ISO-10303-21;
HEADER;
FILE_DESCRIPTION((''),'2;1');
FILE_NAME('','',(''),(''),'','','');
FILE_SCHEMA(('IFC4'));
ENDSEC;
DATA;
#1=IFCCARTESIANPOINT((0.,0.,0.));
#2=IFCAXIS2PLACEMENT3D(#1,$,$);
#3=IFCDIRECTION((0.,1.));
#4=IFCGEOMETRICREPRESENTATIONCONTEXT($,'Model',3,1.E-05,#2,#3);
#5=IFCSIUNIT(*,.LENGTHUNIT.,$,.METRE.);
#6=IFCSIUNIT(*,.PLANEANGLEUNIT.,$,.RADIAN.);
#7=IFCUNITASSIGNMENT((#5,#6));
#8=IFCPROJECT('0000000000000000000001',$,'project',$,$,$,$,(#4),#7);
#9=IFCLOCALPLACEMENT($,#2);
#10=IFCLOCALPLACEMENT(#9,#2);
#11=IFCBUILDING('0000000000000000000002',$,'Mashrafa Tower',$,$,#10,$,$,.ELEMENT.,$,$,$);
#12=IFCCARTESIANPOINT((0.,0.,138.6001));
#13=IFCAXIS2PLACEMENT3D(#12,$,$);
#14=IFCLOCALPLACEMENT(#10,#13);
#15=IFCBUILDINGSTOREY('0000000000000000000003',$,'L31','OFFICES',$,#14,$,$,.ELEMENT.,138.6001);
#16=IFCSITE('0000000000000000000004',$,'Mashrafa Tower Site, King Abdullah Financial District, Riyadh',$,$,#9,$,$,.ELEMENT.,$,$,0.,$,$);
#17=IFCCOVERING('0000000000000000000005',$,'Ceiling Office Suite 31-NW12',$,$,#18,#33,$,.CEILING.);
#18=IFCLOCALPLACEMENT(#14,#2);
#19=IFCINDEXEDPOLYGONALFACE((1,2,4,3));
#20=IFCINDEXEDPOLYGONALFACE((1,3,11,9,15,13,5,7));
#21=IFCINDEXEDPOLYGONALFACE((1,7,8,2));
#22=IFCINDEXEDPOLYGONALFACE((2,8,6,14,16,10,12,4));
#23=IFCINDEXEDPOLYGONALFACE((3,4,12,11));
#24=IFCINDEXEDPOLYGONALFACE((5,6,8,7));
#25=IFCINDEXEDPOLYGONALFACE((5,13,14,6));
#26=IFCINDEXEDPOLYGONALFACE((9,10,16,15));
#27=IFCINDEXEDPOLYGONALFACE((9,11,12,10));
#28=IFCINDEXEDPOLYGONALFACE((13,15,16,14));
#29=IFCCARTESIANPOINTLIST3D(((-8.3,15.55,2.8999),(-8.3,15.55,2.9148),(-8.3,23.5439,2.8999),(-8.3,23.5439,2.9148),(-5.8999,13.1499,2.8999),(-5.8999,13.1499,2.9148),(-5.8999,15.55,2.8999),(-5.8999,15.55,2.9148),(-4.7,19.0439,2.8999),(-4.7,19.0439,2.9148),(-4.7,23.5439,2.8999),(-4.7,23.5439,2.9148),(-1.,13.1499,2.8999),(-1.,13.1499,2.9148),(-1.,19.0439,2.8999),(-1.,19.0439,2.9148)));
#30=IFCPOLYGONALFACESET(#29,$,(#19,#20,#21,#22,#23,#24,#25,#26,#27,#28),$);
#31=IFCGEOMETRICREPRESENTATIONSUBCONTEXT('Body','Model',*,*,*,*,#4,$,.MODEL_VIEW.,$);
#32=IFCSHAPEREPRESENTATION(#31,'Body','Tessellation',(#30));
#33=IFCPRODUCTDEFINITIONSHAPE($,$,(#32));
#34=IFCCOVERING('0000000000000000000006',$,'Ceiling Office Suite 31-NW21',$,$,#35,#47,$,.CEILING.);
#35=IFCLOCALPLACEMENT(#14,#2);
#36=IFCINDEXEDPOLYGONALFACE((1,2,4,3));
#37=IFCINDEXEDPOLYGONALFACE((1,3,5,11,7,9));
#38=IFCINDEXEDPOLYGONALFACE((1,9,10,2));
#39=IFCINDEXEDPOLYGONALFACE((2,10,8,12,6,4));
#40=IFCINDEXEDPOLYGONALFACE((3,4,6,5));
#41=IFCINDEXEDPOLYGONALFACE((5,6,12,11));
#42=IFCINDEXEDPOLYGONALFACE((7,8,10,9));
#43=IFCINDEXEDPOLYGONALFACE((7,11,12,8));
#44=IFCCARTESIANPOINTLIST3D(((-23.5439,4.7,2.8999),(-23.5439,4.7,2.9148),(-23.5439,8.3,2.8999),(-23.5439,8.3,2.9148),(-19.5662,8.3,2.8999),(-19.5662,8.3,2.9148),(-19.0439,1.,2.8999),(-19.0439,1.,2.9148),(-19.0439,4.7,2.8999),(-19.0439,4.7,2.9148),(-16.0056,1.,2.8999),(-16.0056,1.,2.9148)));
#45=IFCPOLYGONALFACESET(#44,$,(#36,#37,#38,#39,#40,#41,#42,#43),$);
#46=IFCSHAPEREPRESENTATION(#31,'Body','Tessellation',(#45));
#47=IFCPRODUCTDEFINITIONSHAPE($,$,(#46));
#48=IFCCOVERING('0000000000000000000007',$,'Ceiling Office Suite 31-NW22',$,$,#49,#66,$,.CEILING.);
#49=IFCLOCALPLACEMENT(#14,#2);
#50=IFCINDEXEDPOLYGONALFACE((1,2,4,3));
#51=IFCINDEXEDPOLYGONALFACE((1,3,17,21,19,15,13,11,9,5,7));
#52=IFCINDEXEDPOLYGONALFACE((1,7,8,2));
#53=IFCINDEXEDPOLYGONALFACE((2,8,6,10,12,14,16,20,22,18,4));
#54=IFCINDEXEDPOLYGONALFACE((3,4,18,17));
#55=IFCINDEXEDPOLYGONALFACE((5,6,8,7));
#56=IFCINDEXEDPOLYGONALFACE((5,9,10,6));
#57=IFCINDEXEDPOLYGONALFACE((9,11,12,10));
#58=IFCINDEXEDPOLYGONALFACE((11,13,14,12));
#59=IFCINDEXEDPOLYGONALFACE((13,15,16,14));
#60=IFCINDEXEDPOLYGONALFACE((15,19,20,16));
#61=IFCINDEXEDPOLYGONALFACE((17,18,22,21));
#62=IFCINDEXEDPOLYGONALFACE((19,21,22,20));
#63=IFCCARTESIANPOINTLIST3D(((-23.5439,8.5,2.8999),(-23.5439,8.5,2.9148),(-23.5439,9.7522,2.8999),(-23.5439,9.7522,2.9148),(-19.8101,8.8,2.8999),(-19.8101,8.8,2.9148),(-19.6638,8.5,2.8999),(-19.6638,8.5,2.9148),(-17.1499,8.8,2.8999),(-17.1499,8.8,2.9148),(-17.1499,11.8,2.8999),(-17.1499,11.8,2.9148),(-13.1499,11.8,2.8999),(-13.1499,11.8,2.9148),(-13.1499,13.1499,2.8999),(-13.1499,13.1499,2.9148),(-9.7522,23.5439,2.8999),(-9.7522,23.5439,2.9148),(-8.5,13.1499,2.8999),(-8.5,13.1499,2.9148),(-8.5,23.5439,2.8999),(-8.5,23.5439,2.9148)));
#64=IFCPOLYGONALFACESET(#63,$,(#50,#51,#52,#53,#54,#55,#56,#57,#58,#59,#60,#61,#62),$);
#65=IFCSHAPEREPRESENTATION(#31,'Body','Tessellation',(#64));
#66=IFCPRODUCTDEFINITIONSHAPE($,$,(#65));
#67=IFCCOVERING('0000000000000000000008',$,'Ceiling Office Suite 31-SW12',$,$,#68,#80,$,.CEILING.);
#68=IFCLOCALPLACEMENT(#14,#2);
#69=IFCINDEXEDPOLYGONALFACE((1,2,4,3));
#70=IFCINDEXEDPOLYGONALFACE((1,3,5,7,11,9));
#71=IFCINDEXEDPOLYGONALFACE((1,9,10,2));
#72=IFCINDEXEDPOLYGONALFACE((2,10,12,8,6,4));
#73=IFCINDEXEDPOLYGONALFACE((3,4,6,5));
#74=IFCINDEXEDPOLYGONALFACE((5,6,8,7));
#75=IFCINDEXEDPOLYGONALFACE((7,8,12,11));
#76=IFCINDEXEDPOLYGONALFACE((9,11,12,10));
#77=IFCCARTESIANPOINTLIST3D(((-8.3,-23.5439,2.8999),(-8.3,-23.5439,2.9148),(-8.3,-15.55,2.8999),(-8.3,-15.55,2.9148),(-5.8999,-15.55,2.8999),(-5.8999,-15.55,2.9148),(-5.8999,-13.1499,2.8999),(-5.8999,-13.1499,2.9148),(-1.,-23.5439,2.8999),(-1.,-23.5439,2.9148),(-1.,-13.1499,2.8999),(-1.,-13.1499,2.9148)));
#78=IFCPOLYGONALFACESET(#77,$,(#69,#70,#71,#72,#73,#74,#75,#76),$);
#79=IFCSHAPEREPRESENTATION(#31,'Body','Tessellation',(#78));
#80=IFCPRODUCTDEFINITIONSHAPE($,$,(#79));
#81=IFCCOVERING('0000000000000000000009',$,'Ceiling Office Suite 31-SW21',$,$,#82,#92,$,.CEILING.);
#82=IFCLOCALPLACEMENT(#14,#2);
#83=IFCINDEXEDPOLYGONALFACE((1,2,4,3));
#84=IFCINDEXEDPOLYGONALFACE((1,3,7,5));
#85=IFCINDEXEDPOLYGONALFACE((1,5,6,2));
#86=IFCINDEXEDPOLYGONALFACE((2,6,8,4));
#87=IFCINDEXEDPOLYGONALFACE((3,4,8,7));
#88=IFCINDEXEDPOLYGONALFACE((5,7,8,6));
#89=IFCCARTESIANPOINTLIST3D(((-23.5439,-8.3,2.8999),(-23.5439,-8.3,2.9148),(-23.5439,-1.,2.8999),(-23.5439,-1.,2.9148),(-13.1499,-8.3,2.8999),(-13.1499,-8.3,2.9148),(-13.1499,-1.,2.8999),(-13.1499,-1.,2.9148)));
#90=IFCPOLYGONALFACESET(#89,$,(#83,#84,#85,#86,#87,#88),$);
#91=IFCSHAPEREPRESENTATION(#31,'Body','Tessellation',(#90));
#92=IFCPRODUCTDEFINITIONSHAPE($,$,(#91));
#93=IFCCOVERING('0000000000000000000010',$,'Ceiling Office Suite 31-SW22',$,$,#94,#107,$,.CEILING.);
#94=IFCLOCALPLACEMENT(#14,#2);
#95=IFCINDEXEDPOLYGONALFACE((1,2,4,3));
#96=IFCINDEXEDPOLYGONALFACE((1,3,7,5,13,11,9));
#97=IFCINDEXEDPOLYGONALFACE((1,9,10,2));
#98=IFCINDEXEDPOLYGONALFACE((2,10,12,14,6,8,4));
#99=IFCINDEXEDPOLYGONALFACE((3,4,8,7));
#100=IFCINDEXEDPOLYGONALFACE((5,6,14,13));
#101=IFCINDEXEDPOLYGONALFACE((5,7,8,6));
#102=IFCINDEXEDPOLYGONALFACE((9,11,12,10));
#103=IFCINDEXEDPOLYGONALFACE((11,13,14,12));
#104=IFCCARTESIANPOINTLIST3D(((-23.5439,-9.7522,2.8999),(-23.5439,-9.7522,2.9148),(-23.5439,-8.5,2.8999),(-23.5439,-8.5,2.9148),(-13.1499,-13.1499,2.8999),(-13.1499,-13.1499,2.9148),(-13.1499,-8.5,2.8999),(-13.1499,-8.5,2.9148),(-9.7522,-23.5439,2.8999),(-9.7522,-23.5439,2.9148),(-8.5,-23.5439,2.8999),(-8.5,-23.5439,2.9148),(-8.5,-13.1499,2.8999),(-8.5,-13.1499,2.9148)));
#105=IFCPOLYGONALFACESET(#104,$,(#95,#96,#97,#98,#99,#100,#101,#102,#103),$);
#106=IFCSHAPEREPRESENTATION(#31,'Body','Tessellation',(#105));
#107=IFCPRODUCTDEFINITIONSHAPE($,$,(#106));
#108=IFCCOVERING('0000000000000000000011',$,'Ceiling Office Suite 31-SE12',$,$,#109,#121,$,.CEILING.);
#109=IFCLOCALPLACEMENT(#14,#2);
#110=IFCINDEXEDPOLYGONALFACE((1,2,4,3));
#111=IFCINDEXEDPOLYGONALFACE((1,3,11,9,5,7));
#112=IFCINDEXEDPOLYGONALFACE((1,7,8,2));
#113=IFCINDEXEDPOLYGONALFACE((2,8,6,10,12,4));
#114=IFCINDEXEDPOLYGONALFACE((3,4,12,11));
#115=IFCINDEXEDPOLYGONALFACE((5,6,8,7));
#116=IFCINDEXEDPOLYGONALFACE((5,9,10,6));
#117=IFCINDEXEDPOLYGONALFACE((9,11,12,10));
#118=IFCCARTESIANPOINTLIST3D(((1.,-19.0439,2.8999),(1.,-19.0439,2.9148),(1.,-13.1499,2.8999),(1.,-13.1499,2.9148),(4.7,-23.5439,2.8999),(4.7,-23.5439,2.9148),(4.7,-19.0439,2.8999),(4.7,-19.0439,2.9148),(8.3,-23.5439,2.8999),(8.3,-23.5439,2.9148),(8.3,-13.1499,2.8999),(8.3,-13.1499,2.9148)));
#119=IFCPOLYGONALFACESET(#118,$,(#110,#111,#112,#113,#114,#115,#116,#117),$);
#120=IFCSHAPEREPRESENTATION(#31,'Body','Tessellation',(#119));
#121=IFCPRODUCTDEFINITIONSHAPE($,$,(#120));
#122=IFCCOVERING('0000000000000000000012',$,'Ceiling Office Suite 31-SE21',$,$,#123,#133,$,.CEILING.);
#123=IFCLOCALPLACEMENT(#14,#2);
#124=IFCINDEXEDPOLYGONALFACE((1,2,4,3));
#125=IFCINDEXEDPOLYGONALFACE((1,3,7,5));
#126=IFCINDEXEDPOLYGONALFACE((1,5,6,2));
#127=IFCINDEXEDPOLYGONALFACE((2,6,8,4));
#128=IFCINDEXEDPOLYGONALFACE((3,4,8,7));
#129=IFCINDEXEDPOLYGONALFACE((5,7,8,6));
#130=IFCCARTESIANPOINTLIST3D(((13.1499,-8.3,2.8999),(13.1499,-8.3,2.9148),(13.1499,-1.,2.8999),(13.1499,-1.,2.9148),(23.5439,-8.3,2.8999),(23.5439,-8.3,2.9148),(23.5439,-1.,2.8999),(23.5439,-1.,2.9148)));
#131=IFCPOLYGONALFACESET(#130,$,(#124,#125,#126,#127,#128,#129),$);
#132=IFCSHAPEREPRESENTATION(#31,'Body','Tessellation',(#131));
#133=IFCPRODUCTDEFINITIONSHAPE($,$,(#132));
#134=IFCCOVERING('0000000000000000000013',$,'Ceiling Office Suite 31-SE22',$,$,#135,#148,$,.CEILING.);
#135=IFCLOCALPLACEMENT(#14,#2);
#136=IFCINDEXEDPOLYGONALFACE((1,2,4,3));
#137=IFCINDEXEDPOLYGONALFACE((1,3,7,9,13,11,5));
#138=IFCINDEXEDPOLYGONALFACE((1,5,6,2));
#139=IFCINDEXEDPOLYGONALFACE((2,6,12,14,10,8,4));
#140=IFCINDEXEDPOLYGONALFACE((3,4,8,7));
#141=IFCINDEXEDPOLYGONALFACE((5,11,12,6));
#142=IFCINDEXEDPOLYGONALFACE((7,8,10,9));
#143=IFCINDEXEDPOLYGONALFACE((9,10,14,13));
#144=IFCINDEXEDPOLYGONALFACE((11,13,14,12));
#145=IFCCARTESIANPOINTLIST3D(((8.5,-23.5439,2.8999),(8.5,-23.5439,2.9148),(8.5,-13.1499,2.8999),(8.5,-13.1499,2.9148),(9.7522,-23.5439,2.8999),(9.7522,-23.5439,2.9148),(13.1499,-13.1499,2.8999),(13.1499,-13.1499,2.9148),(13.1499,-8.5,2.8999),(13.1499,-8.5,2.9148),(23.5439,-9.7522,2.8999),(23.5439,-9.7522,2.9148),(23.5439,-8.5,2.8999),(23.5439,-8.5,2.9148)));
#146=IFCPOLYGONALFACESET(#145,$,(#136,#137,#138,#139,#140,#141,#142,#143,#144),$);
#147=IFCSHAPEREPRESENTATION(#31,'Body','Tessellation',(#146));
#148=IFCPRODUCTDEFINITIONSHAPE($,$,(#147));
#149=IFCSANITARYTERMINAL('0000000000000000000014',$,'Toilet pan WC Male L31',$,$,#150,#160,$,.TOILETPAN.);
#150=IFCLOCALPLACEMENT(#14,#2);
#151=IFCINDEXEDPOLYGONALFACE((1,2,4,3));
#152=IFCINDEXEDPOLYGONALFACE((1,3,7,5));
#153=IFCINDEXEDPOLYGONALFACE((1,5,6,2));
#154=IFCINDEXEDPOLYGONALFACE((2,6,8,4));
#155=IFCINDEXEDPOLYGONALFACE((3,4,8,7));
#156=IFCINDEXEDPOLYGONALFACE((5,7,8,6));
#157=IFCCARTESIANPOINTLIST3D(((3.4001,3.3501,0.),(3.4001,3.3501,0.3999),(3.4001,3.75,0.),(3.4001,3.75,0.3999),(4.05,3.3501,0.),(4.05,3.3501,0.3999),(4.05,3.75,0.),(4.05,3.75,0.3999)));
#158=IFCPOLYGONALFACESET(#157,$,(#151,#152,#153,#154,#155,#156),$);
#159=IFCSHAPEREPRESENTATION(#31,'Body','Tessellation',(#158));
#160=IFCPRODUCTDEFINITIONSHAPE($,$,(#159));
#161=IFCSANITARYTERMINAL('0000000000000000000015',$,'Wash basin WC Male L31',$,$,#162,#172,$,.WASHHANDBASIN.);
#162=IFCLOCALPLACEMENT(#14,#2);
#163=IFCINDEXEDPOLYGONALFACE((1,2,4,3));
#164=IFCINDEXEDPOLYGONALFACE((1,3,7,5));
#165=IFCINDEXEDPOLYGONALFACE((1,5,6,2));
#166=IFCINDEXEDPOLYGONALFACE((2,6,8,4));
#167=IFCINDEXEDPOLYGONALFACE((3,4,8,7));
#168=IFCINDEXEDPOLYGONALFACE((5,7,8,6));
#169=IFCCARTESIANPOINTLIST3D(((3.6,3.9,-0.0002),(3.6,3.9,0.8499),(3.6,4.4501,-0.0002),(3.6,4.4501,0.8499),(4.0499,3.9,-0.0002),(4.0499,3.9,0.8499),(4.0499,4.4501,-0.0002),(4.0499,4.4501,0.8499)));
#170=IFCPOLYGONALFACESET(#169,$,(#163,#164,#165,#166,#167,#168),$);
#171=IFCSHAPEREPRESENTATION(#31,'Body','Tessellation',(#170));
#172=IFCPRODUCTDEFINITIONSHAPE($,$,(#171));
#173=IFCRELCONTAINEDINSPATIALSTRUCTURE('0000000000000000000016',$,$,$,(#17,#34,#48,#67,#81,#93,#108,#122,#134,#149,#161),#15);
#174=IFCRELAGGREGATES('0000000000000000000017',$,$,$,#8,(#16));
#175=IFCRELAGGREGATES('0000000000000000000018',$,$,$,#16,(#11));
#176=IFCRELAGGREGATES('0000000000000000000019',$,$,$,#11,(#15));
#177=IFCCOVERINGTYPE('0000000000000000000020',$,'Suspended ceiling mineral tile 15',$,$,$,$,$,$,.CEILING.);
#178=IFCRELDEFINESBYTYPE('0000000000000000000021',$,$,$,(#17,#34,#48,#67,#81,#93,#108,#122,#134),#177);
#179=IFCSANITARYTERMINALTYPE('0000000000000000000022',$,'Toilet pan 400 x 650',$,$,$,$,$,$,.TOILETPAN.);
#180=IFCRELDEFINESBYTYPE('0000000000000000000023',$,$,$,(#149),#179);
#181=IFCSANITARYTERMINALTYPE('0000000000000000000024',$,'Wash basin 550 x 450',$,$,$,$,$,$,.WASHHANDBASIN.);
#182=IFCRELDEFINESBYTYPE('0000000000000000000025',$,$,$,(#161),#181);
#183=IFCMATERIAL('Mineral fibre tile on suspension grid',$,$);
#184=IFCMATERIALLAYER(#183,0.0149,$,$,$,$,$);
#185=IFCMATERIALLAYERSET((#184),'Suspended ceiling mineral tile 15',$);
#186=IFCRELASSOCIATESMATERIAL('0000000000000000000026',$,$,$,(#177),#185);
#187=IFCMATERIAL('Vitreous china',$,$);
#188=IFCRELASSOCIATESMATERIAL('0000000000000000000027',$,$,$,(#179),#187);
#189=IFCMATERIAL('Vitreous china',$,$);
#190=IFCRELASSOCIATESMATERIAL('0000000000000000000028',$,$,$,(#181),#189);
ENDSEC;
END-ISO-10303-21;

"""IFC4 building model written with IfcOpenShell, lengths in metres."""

from ifc_helpers import new_model, si_unit, direction, frame, origin, origin_2d, place, context, subcontext, project, spatial, polyline, rectangle, outline, extrude, material, layer, layer_set, type_object, element, save


model = new_model("IFC4")

# Units and contexts
model_context = context("Model", 3, precision=1e-05, world=origin(), true_north=direction((0.0, 1.0)))
body_context = subcontext(model_context, "Body", "Model", "MODEL_VIEW")
ifc_project = project(units=[si_unit("LENGTHUNIT", "METRE"), si_unit("PLANEANGLEUNIT", "RADIAN")], contexts=[model_context])

# Site, building, storey
site_placement = place(None, origin())
site = spatial("IfcSite", under=ifc_project, at=site_placement, Name="Mashrafa Tower Site, King Abdullah Financial District, Riyadh", CompositionType="ELEMENT", RefElevation=0.0)
building_placement = place(site_placement, origin())
building = spatial("IfcBuilding", under=site, at=building_placement, Name="Mashrafa Tower", CompositionType="ELEMENT")
storey_placement = place(building_placement, frame((0.0, 0.0, 138.6001)))
storey = spatial("IfcBuildingStorey", under=building, at=storey_placement, Name="L31", Description="OFFICES", CompositionType="ELEMENT", Elevation=138.6001)

# Coverings
ifc_material_1 = material(Name="Mineral fibre tile on suspension grid")
ifc_layer_1 = layer(ifc_material_1, 0.0149)
ifc_layer_set_1 = layer_set([ifc_layer_1], Name="Suspended ceiling mineral tile 15")
covering_type = type_object("IfcCoveringType", Name="Suspended ceiling mineral tile 15", PredefinedType="CEILING", material=ifc_layer_set_1)
covering_1_placement = place(storey_placement, frame((0.0, 0.0, 2.8999)))
element("IfcCovering", 1, at=covering_1_placement, inside=storey, type_object=covering_type, Name="Ceiling Office Suite 31-NW12", PredefinedType="CEILING", context=body_context, shape_type="SweptSolid", body=[
    extrude(outline(polyline([(-8.3, 15.55), (-8.3, 23.5439), (-4.7, 23.5439), (-4.7, 19.0439), (-1.0, 19.0439), (-1.0, 13.1499), (-5.8999, 13.1499), (-5.8999, 15.55), (-8.3, 15.55)])), origin(), (0.0, 0.0, 1.0), 0.0149),
])
covering_2_placement = place(storey_placement, frame((0.0, 0.0, 2.8999)))
element("IfcCovering", 2, at=covering_2_placement, inside=storey, type_object=covering_type, Name="Ceiling Office Suite 31-NW21", PredefinedType="CEILING", context=body_context, shape_type="SweptSolid", body=[
    extrude(outline(polyline([(-23.5439, 4.7), (-23.5439, 8.3), (-19.5662, 8.3), (-16.0056, 1.0), (-19.0439, 1.0), (-19.0439, 4.7), (-23.5439, 4.7)])), origin(), (0.0, 0.0, 1.0), 0.0149),
])
covering_3_placement = place(storey_placement, frame((0.0, 0.0, 2.8999)))
element("IfcCovering", 3, at=covering_3_placement, inside=storey, type_object=covering_type, Name="Ceiling Office Suite 31-NW22", PredefinedType="CEILING", context=body_context, shape_type="SweptSolid", body=[
    extrude(outline(polyline([(-19.6638, 8.5), (-23.5439, 8.5), (-23.5439, 9.7522), (-9.7522, 23.5439), (-8.5, 23.5439), (-8.5, 13.1499), (-13.1499, 13.1499), (-13.1499, 11.8), (-17.1499, 11.8), (-17.1499, 8.8), (-19.8101, 8.8), (-19.6638, 8.5)])), origin(), (0.0, 0.0, 1.0), 0.0149),
])
covering_4_placement = place(storey_placement, frame((0.0, 0.0, 2.8999)))
element("IfcCovering", 4, at=covering_4_placement, inside=storey, type_object=covering_type, Name="Ceiling Office Suite 31-SW12", PredefinedType="CEILING", context=body_context, shape_type="SweptSolid", body=[
    extrude(outline(polyline([(-1.0, -23.5439), (-8.3, -23.5439), (-8.3, -15.55), (-5.8999, -15.55), (-5.8999, -13.1499), (-1.0, -13.1499), (-1.0, -23.5439)])), origin(), (0.0, 0.0, 1.0), 0.0149),
])
covering_5_placement = place(storey_placement, frame((0.0, 0.0, 2.8999)))
element("IfcCovering", 5, at=covering_5_placement, inside=storey, type_object=covering_type, Name="Ceiling Office Suite 31-SW21", PredefinedType="CEILING", context=body_context, shape_type="SweptSolid", body=[
    extrude(outline(polyline([(-13.1499, -8.3), (-23.5439, -8.3), (-23.5439, -1.0), (-13.1499, -1.0), (-13.1499, -8.3)])), origin(), (0.0, 0.0, 1.0), 0.0149),
])
covering_6_placement = place(storey_placement, frame((0.0, 0.0, 2.8999)))
element("IfcCovering", 6, at=covering_6_placement, inside=storey, type_object=covering_type, Name="Ceiling Office Suite 31-SW22", PredefinedType="CEILING", context=body_context, shape_type="SweptSolid", body=[
    extrude(outline(polyline([(-13.1499, -13.1499), (-8.5, -13.1499), (-8.5, -23.5439), (-9.7522, -23.5439), (-23.5439, -9.7522), (-23.5439, -8.5), (-13.1499, -8.5), (-13.1499, -13.1499)])), origin(), (0.0, 0.0, 1.0), 0.0149),
])
covering_7_placement = place(storey_placement, frame((0.0, 0.0, 2.8999)))
element("IfcCovering", 7, at=covering_7_placement, inside=storey, type_object=covering_type, Name="Ceiling Office Suite 31-SE12", PredefinedType="CEILING", context=body_context, shape_type="SweptSolid", body=[
    extrude(outline(polyline([(8.3, -13.1499), (8.3, -23.5439), (4.7, -23.5439), (4.7, -19.0439), (1.0, -19.0439), (1.0, -13.1499), (8.3, -13.1499)])), origin(), (0.0, 0.0, 1.0), 0.0149),
])
covering_8_placement = place(storey_placement, frame((0.0, 0.0, 2.8999)))
element("IfcCovering", 8, at=covering_8_placement, inside=storey, type_object=covering_type, Name="Ceiling Office Suite 31-SE21", PredefinedType="CEILING", context=body_context, shape_type="SweptSolid", body=[
    extrude(outline(polyline([(23.5439, -1.0), (23.5439, -8.3), (13.1499, -8.3), (13.1499, -1.0), (23.5439, -1.0)])), origin(), (0.0, 0.0, 1.0), 0.0149),
])
covering_9_placement = place(storey_placement, frame((0.0, 0.0, 2.8999)))
element("IfcCovering", 9, at=covering_9_placement, inside=storey, type_object=covering_type, Name="Ceiling Office Suite 31-SE22", PredefinedType="CEILING", context=body_context, shape_type="SweptSolid", body=[
    extrude(outline(polyline([(13.1499, -8.5), (23.5439, -8.5), (23.5439, -9.7522), (9.7522, -23.5439), (8.5, -23.5439), (8.5, -13.1499), (13.1499, -13.1499), (13.1499, -8.5)])), origin(), (0.0, 0.0, 1.0), 0.0149),
])

# Sanitary terminals
ifc_material_2 = material(Name="Vitreous china")
sanitary_terminal_type_1 = type_object("IfcSanitaryTerminalType", Name="Toilet pan 400 x 650", PredefinedType="TOILETPAN", material=ifc_material_2)
sanitary_terminal_1_placement = place(storey_placement, frame((3.7251, 3.55, 0.0), z_axis=(0.0, 0.0, 1.0), x_axis=(0.0, 1.0, 0.0)))
element("IfcSanitaryTerminal", 10, at=sanitary_terminal_1_placement, inside=storey, type_object=sanitary_terminal_type_1, Name="Toilet pan WC Male L31", PredefinedType="TOILETPAN", context=body_context, shape_type="SweptSolid", body=[
    extrude(rectangle(XDim=0.3999, YDim=0.6499, at=origin_2d()), origin(), (0.0, 0.0, 1.0), 0.3999),
])
ifc_material_3 = material(Name="Vitreous china")
sanitary_terminal_type_2 = type_object("IfcSanitaryTerminalType", Name="Wash basin 550 x 450", PredefinedType="WASHHANDBASIN", material=ifc_material_3)
sanitary_terminal_2_placement = place(storey_placement, frame((3.825, 4.175, -0.0002), z_axis=(0.0, 0.0, 1.0), x_axis=(0.0, 1.0, 0.0)))
element("IfcSanitaryTerminal", 11, at=sanitary_terminal_2_placement, inside=storey, type_object=sanitary_terminal_type_2, Name="Wash basin WC Male L31", PredefinedType="WASHHANDBASIN", context=body_context, shape_type="SweptSolid", body=[
    extrude(rectangle(XDim=0.55, YDim=0.45, at=origin_2d()), origin(), (0.0, 0.0, 1.0), 0.8501),
])

save(model, "model.ifc")
